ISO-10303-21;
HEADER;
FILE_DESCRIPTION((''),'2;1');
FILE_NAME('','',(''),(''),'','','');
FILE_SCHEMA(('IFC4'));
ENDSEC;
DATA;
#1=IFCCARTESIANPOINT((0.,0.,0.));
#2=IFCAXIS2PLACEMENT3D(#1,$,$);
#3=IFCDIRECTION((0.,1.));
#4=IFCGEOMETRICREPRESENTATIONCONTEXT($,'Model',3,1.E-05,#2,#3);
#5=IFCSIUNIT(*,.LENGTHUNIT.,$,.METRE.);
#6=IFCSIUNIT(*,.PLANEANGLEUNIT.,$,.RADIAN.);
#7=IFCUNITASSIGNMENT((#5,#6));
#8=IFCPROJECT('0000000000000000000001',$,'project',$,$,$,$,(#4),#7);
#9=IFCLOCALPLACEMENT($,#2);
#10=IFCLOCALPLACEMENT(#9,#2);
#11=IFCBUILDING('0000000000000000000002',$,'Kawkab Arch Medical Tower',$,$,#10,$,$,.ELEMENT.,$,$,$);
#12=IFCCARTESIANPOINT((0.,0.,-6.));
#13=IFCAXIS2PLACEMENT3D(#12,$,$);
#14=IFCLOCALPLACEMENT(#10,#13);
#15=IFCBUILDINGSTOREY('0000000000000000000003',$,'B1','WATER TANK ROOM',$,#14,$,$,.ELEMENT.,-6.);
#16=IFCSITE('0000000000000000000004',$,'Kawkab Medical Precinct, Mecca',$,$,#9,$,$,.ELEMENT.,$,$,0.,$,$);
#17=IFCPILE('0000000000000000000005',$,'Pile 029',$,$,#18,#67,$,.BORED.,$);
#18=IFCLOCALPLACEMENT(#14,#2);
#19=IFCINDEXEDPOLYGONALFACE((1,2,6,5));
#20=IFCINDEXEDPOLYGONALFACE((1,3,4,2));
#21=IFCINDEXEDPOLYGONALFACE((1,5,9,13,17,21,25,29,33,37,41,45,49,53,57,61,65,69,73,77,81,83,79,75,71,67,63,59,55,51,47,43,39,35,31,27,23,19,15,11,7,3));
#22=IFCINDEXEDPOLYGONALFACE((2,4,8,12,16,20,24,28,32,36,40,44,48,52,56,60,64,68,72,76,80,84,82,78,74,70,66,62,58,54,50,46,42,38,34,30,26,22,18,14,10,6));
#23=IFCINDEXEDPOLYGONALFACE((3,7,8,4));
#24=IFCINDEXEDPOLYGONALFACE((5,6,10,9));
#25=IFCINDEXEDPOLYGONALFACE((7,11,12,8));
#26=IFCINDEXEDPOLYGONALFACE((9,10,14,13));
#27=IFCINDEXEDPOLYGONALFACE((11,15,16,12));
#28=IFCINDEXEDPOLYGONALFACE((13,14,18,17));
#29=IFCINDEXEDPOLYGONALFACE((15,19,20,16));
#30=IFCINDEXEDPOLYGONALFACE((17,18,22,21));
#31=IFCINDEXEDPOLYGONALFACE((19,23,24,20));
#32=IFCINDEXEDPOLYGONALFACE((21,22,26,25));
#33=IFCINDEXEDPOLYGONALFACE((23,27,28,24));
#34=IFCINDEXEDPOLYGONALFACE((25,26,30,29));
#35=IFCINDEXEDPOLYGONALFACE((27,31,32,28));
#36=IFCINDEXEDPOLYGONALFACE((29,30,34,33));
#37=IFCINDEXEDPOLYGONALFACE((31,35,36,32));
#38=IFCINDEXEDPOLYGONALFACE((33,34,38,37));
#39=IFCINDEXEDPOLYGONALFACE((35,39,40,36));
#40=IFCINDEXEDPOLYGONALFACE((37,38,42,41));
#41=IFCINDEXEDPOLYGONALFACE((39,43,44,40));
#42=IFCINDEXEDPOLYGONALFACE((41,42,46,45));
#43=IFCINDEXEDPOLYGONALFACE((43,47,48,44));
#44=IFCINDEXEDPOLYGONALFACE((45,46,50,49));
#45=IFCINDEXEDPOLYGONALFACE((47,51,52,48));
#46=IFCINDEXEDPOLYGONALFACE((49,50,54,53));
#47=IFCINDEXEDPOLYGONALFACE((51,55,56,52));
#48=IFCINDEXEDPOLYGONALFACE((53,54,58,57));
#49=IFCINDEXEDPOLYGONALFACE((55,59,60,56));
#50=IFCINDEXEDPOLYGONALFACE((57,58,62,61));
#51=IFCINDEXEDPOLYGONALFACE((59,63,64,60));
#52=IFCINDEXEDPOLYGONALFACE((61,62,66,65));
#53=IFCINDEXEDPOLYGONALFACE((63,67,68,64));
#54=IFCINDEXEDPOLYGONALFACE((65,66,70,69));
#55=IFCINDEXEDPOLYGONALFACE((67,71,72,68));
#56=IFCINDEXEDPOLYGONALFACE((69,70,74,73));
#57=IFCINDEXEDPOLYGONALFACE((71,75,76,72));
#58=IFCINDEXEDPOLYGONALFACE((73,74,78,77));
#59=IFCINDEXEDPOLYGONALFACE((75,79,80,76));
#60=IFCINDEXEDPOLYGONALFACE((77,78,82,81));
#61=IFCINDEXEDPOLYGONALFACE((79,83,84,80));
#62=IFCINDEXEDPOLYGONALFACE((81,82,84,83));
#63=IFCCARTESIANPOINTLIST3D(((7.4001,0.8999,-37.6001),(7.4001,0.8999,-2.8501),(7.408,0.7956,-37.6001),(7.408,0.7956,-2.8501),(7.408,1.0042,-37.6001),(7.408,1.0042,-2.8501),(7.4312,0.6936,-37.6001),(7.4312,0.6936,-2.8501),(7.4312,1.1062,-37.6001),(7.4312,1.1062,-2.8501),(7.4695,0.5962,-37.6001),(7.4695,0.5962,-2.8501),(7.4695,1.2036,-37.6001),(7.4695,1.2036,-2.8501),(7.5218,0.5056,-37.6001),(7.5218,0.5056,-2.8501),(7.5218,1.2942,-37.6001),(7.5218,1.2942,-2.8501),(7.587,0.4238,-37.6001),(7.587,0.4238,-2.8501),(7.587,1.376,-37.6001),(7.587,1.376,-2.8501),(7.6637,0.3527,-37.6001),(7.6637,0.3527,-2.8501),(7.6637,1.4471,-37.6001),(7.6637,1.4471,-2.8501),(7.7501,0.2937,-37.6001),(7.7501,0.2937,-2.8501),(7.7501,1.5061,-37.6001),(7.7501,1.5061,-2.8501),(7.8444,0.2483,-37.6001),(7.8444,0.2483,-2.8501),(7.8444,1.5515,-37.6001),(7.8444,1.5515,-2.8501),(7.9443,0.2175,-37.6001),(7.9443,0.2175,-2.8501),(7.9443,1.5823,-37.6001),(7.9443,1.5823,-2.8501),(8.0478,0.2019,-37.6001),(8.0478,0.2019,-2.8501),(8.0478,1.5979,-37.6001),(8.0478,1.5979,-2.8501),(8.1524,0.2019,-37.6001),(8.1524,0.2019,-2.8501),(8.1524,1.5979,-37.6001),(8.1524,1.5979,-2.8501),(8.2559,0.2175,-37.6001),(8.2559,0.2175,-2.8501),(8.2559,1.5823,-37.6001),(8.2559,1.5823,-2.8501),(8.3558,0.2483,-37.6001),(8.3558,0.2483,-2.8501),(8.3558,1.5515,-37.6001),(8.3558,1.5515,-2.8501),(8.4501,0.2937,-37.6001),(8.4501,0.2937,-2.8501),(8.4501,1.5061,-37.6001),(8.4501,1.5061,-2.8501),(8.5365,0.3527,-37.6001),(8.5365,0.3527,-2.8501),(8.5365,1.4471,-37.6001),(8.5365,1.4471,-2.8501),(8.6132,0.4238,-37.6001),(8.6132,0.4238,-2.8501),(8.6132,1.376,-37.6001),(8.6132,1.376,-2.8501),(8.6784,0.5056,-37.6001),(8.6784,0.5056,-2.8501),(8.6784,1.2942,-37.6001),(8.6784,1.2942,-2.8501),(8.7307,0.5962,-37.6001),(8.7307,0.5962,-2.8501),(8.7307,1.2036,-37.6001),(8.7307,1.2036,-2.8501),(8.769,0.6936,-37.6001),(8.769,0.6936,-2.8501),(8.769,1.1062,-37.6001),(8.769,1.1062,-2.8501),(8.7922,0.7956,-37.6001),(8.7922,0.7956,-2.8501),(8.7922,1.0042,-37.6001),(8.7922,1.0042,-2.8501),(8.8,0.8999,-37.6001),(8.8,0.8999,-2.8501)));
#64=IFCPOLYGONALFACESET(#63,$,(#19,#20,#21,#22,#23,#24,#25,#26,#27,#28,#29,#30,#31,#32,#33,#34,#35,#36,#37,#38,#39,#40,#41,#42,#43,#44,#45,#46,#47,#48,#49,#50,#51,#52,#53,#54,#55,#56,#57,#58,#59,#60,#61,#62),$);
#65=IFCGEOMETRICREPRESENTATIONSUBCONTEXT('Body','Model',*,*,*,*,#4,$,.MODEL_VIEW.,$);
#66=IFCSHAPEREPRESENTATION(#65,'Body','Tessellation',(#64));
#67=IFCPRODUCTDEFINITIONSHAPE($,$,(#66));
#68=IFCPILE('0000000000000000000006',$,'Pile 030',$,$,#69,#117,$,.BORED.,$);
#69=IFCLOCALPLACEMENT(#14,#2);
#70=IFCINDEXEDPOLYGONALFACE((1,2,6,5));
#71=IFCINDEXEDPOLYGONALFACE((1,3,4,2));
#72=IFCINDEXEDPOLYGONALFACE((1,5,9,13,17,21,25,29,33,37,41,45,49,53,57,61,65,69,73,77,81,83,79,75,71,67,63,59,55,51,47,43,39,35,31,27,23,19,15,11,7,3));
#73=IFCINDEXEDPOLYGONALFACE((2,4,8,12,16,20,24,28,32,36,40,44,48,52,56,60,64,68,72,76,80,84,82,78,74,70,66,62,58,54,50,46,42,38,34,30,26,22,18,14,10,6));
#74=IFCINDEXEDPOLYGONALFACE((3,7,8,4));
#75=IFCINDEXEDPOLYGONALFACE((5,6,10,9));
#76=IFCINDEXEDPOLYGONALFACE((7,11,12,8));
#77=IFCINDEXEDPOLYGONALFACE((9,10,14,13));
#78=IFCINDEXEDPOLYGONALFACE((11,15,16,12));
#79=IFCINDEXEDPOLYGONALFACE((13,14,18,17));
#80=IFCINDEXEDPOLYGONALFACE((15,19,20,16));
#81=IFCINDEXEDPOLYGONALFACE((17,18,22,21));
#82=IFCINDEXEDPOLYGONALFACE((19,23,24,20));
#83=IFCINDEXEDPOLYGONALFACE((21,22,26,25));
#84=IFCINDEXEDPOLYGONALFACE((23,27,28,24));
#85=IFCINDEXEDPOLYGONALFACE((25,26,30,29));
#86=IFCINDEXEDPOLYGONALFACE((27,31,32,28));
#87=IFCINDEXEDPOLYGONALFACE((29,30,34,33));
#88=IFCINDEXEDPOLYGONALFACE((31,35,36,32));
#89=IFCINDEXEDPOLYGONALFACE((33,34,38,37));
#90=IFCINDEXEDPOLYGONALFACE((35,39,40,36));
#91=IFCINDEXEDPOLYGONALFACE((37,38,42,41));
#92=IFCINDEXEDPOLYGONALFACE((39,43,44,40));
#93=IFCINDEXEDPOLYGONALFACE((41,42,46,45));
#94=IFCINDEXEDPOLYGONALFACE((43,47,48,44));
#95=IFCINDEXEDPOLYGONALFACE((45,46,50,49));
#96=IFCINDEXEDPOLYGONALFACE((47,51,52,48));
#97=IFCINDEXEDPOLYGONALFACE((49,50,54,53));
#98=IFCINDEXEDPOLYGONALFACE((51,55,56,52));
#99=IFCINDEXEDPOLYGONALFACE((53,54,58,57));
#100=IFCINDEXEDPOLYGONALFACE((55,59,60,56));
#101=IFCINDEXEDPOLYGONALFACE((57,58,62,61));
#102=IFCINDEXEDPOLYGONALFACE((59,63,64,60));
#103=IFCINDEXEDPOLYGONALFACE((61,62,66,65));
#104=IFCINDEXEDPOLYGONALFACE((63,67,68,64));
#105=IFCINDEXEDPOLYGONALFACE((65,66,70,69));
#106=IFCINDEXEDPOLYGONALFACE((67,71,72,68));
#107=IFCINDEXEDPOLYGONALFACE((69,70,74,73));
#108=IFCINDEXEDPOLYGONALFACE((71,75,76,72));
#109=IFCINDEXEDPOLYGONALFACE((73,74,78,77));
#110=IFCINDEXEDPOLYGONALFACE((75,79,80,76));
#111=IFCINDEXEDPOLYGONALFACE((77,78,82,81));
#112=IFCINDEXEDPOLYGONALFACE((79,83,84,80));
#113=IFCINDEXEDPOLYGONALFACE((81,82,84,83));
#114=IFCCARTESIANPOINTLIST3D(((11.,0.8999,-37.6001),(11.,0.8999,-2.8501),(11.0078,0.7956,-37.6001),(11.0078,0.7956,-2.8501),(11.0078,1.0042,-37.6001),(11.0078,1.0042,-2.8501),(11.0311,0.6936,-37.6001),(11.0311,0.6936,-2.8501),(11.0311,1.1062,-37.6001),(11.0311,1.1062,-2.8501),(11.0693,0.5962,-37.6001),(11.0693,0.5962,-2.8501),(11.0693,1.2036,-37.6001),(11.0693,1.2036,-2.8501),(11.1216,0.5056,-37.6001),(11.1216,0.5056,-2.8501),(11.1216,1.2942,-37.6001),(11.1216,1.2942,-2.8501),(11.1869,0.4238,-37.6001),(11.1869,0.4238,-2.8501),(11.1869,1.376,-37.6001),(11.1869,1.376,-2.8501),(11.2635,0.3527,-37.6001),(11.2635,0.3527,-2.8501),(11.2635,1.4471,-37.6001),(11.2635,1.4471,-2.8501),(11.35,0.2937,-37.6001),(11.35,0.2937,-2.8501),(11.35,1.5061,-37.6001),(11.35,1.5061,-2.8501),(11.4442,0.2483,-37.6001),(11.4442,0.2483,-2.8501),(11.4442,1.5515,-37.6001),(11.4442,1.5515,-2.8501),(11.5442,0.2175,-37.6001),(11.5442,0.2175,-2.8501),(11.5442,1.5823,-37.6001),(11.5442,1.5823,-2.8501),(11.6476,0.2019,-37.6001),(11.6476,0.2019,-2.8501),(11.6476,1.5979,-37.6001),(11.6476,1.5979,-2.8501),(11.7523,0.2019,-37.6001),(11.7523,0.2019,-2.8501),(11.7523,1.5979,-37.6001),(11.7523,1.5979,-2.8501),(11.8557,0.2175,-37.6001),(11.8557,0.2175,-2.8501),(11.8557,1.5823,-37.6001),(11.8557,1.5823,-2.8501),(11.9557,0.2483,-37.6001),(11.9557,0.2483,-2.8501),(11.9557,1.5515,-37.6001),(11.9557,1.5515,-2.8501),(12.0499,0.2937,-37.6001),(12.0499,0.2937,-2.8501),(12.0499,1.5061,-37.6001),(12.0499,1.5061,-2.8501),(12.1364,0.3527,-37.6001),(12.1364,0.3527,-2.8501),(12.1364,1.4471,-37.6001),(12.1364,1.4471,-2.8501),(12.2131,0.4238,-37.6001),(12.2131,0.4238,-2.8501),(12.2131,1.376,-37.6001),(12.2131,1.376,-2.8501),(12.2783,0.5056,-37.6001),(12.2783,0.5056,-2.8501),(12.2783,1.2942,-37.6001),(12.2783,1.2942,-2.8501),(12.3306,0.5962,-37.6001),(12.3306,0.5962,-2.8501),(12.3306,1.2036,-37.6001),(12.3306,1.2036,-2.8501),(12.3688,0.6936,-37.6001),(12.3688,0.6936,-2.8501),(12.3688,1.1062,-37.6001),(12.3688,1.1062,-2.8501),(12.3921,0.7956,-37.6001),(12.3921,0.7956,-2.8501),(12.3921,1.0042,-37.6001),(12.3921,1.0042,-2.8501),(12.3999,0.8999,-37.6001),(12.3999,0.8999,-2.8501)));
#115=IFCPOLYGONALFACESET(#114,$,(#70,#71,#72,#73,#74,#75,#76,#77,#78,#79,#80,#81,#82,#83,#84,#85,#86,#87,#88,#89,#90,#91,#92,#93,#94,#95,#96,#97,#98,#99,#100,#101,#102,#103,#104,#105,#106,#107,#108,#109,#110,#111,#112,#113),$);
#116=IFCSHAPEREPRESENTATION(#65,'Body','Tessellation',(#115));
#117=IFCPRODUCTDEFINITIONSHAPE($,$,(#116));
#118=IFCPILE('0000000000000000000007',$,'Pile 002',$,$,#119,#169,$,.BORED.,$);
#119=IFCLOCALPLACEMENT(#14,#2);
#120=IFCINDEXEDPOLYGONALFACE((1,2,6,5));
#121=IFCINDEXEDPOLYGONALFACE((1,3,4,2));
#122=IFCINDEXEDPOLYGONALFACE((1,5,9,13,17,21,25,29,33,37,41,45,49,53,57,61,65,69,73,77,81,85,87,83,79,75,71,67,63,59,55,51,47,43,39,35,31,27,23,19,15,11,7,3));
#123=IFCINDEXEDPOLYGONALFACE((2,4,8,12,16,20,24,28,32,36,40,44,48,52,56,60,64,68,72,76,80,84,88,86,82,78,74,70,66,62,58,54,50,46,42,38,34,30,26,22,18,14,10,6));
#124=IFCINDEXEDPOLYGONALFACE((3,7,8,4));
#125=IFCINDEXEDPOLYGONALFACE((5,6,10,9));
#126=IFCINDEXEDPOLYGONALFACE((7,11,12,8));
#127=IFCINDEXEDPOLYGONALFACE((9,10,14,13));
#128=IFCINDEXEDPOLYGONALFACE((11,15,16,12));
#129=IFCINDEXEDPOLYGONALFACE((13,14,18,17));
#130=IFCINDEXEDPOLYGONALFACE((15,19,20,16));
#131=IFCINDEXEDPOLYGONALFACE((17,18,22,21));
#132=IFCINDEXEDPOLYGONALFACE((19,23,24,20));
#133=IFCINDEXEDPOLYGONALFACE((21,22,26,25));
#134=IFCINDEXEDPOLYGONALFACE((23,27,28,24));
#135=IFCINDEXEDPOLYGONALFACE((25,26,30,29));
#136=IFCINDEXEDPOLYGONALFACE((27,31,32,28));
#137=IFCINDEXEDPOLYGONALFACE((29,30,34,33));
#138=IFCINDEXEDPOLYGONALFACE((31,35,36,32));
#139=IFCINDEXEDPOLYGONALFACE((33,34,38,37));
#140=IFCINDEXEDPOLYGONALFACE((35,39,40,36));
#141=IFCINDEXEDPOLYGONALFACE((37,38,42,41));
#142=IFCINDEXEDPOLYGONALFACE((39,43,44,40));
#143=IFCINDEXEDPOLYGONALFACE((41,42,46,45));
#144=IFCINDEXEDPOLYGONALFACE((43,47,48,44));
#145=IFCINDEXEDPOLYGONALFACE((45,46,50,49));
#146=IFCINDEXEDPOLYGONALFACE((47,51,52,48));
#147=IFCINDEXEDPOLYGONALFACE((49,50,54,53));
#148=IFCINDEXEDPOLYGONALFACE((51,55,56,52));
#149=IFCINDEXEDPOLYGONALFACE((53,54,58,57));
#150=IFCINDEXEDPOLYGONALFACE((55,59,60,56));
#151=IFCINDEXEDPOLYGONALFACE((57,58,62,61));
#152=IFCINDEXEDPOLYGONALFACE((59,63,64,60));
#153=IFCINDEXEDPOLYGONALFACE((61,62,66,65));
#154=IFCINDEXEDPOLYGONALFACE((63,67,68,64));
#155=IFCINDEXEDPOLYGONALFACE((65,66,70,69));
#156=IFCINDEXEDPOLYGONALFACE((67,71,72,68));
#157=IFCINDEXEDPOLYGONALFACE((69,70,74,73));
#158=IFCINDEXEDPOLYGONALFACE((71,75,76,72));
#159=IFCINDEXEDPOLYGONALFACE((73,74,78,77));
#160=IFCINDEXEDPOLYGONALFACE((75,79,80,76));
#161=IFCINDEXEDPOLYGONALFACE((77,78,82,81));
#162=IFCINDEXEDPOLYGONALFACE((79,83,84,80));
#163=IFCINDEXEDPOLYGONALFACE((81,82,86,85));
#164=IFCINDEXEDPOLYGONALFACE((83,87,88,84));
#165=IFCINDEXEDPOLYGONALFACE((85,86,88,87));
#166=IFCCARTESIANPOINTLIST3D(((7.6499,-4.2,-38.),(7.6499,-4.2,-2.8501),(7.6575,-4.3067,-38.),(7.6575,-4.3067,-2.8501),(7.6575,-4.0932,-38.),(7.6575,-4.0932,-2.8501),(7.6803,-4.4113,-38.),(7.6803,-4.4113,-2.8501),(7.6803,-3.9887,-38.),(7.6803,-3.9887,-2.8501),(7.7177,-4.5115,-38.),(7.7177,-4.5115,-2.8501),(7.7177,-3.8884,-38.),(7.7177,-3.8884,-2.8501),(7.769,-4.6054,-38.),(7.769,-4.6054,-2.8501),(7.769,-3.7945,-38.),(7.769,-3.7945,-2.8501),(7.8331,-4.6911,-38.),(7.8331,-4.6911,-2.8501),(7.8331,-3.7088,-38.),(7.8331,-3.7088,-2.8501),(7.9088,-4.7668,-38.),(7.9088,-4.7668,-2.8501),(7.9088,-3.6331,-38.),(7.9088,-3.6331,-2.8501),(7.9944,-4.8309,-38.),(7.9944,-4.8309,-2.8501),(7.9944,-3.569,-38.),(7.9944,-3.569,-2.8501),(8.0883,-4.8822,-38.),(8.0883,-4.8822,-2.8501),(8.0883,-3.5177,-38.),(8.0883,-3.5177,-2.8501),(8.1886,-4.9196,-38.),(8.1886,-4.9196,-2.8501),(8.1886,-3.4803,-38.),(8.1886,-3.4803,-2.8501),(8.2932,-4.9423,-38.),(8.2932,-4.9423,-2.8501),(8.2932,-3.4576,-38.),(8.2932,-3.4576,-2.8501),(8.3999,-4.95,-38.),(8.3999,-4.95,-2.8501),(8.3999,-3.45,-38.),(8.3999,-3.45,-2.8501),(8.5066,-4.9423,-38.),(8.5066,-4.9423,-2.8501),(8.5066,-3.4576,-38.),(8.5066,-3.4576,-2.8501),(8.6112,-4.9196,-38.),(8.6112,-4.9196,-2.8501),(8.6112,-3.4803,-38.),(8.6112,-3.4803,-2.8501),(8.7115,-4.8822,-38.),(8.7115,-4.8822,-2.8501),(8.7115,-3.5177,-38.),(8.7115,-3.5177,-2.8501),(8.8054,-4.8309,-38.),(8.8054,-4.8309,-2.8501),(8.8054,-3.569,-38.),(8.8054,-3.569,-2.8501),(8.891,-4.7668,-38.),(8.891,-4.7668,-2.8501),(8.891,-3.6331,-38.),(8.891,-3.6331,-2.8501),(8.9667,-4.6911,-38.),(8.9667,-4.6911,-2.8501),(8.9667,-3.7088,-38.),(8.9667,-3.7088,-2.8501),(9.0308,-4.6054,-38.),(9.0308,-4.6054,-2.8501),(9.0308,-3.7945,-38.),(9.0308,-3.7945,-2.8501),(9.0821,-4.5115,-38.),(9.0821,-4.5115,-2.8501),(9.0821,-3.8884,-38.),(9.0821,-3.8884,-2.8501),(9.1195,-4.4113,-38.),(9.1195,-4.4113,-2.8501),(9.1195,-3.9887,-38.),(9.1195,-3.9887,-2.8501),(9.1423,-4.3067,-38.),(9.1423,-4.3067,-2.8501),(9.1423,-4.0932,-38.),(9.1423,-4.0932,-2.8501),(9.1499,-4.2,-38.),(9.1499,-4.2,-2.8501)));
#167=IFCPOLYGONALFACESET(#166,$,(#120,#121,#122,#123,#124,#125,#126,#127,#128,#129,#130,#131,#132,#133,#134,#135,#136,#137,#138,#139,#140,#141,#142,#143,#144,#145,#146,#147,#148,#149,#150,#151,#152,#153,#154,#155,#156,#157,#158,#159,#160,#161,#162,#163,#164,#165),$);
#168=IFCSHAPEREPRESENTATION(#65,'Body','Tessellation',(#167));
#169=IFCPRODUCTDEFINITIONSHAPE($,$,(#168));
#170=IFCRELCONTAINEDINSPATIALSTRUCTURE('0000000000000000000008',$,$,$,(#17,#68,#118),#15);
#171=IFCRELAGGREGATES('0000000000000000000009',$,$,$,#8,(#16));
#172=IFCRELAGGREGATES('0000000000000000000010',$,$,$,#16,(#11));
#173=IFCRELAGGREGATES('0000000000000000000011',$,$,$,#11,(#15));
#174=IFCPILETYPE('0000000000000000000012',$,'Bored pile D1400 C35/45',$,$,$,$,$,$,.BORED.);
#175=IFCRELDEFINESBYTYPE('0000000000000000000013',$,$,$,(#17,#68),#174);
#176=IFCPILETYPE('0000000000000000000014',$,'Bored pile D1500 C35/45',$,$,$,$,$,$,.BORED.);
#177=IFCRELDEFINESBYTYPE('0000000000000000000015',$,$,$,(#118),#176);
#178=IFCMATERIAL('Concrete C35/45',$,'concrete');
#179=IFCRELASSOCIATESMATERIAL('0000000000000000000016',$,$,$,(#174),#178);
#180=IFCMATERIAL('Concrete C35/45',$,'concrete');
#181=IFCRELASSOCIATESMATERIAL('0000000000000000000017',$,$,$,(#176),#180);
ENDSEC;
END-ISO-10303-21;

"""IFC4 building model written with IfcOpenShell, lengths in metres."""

from ifc_helpers import new_model, si_unit, direction, frame, origin, origin_2d, place, context, subcontext, project, spatial, circle, extrude, material, material_profile, profile_set, type_object, element, save


model = new_model("IFC4")

# Units and contexts
model_context = context("Model", 3, precision=1e-05, world=origin(), true_north=direction((0.0, 1.0)))
body_context = subcontext(model_context, "Body", "Model", "MODEL_VIEW")
ifc_project = project(units=[si_unit("LENGTHUNIT", "METRE"), si_unit("PLANEANGLEUNIT", "RADIAN")], contexts=[model_context])

# Site, building, storey
site_placement = place(None, origin())
site = spatial("IfcSite", under=ifc_project, at=site_placement, Name="Kawkab Medical Precinct, Mecca", CompositionType="ELEMENT", RefElevation=0.0)
building_placement = place(site_placement, origin())
building = spatial("IfcBuilding", under=site, at=building_placement, Name="Kawkab Arch Medical Tower", CompositionType="ELEMENT")
storey_placement = place(building_placement, frame((0.0, 0.0, -6.0)))
storey = spatial("IfcBuildingStorey", under=building, at=storey_placement, Name="B1", Description="WATER TANK ROOM", CompositionType="ELEMENT", Elevation=-6.0)

# Piles
ifc_material_1 = material(Name="Concrete C35/45", Category="concrete")
ifc_material_profile_1 = material_profile(ifc_material_1, circle(Radius=0.7, at=origin_2d()), Name="Bored pile D1400")
ifc_profile_set_1 = profile_set([ifc_material_profile_1], Name="Concrete C35/45")
pile_type_1 = type_object("IfcPileType", Name="Bored pile D1400 C35/45", PredefinedType="BORED", material=ifc_profile_set_1)
for number, where, z_axis, x_axis, name in (
    (1, (8.1001, 0.8999, -2.8501), (0.0, 0.0, -1.0), (1.0, 0.0, 0.0), "Pile 029"),
    (2, (11.7, 0.8999, -2.8501), (0.0, 0.0, -1.0), (1.0, 0.0, 0.0), "Pile 030"),
):
    element("IfcPile", number, at=place(storey_placement, frame(where, z_axis=z_axis, x_axis=x_axis)), inside=storey, type_object=pile_type_1, Name=name, PredefinedType="BORED", context=body_context, shape_type="SweptSolid", body=[
        extrude(circle(Radius=0.7, at=origin_2d()), origin(), (0.0, 0.0, 1.0), 34.75),
    ])
ifc_material_2 = material(Name="Concrete C35/45", Category="concrete")
ifc_material_profile_2 = material_profile(ifc_material_2, circle(Radius=0.75, at=origin_2d()), Name="Bored pile D1500")
ifc_profile_set_2 = profile_set([ifc_material_profile_2], Name="Concrete C35/45")
pile_type_2 = type_object("IfcPileType", Name="Bored pile D1500 C35/45", PredefinedType="BORED", material=ifc_profile_set_2)
for number, where, z_axis, x_axis, name in (
    (3, (8.3999, -4.2, -2.8501), (0.0, 0.0, -1.0), (1.0, 0.0, 0.0), "Pile 002"),
):
    element("IfcPile", number, at=place(storey_placement, frame(where, z_axis=z_axis, x_axis=x_axis)), inside=storey, type_object=pile_type_2, Name=name, PredefinedType="BORED", context=body_context, shape_type="SweptSolid", body=[
        extrude(circle(Radius=0.75, at=origin_2d()), origin(), (0.0, 0.0, 1.0), 35.1499),
    ])

save(model, "model.ifc")
